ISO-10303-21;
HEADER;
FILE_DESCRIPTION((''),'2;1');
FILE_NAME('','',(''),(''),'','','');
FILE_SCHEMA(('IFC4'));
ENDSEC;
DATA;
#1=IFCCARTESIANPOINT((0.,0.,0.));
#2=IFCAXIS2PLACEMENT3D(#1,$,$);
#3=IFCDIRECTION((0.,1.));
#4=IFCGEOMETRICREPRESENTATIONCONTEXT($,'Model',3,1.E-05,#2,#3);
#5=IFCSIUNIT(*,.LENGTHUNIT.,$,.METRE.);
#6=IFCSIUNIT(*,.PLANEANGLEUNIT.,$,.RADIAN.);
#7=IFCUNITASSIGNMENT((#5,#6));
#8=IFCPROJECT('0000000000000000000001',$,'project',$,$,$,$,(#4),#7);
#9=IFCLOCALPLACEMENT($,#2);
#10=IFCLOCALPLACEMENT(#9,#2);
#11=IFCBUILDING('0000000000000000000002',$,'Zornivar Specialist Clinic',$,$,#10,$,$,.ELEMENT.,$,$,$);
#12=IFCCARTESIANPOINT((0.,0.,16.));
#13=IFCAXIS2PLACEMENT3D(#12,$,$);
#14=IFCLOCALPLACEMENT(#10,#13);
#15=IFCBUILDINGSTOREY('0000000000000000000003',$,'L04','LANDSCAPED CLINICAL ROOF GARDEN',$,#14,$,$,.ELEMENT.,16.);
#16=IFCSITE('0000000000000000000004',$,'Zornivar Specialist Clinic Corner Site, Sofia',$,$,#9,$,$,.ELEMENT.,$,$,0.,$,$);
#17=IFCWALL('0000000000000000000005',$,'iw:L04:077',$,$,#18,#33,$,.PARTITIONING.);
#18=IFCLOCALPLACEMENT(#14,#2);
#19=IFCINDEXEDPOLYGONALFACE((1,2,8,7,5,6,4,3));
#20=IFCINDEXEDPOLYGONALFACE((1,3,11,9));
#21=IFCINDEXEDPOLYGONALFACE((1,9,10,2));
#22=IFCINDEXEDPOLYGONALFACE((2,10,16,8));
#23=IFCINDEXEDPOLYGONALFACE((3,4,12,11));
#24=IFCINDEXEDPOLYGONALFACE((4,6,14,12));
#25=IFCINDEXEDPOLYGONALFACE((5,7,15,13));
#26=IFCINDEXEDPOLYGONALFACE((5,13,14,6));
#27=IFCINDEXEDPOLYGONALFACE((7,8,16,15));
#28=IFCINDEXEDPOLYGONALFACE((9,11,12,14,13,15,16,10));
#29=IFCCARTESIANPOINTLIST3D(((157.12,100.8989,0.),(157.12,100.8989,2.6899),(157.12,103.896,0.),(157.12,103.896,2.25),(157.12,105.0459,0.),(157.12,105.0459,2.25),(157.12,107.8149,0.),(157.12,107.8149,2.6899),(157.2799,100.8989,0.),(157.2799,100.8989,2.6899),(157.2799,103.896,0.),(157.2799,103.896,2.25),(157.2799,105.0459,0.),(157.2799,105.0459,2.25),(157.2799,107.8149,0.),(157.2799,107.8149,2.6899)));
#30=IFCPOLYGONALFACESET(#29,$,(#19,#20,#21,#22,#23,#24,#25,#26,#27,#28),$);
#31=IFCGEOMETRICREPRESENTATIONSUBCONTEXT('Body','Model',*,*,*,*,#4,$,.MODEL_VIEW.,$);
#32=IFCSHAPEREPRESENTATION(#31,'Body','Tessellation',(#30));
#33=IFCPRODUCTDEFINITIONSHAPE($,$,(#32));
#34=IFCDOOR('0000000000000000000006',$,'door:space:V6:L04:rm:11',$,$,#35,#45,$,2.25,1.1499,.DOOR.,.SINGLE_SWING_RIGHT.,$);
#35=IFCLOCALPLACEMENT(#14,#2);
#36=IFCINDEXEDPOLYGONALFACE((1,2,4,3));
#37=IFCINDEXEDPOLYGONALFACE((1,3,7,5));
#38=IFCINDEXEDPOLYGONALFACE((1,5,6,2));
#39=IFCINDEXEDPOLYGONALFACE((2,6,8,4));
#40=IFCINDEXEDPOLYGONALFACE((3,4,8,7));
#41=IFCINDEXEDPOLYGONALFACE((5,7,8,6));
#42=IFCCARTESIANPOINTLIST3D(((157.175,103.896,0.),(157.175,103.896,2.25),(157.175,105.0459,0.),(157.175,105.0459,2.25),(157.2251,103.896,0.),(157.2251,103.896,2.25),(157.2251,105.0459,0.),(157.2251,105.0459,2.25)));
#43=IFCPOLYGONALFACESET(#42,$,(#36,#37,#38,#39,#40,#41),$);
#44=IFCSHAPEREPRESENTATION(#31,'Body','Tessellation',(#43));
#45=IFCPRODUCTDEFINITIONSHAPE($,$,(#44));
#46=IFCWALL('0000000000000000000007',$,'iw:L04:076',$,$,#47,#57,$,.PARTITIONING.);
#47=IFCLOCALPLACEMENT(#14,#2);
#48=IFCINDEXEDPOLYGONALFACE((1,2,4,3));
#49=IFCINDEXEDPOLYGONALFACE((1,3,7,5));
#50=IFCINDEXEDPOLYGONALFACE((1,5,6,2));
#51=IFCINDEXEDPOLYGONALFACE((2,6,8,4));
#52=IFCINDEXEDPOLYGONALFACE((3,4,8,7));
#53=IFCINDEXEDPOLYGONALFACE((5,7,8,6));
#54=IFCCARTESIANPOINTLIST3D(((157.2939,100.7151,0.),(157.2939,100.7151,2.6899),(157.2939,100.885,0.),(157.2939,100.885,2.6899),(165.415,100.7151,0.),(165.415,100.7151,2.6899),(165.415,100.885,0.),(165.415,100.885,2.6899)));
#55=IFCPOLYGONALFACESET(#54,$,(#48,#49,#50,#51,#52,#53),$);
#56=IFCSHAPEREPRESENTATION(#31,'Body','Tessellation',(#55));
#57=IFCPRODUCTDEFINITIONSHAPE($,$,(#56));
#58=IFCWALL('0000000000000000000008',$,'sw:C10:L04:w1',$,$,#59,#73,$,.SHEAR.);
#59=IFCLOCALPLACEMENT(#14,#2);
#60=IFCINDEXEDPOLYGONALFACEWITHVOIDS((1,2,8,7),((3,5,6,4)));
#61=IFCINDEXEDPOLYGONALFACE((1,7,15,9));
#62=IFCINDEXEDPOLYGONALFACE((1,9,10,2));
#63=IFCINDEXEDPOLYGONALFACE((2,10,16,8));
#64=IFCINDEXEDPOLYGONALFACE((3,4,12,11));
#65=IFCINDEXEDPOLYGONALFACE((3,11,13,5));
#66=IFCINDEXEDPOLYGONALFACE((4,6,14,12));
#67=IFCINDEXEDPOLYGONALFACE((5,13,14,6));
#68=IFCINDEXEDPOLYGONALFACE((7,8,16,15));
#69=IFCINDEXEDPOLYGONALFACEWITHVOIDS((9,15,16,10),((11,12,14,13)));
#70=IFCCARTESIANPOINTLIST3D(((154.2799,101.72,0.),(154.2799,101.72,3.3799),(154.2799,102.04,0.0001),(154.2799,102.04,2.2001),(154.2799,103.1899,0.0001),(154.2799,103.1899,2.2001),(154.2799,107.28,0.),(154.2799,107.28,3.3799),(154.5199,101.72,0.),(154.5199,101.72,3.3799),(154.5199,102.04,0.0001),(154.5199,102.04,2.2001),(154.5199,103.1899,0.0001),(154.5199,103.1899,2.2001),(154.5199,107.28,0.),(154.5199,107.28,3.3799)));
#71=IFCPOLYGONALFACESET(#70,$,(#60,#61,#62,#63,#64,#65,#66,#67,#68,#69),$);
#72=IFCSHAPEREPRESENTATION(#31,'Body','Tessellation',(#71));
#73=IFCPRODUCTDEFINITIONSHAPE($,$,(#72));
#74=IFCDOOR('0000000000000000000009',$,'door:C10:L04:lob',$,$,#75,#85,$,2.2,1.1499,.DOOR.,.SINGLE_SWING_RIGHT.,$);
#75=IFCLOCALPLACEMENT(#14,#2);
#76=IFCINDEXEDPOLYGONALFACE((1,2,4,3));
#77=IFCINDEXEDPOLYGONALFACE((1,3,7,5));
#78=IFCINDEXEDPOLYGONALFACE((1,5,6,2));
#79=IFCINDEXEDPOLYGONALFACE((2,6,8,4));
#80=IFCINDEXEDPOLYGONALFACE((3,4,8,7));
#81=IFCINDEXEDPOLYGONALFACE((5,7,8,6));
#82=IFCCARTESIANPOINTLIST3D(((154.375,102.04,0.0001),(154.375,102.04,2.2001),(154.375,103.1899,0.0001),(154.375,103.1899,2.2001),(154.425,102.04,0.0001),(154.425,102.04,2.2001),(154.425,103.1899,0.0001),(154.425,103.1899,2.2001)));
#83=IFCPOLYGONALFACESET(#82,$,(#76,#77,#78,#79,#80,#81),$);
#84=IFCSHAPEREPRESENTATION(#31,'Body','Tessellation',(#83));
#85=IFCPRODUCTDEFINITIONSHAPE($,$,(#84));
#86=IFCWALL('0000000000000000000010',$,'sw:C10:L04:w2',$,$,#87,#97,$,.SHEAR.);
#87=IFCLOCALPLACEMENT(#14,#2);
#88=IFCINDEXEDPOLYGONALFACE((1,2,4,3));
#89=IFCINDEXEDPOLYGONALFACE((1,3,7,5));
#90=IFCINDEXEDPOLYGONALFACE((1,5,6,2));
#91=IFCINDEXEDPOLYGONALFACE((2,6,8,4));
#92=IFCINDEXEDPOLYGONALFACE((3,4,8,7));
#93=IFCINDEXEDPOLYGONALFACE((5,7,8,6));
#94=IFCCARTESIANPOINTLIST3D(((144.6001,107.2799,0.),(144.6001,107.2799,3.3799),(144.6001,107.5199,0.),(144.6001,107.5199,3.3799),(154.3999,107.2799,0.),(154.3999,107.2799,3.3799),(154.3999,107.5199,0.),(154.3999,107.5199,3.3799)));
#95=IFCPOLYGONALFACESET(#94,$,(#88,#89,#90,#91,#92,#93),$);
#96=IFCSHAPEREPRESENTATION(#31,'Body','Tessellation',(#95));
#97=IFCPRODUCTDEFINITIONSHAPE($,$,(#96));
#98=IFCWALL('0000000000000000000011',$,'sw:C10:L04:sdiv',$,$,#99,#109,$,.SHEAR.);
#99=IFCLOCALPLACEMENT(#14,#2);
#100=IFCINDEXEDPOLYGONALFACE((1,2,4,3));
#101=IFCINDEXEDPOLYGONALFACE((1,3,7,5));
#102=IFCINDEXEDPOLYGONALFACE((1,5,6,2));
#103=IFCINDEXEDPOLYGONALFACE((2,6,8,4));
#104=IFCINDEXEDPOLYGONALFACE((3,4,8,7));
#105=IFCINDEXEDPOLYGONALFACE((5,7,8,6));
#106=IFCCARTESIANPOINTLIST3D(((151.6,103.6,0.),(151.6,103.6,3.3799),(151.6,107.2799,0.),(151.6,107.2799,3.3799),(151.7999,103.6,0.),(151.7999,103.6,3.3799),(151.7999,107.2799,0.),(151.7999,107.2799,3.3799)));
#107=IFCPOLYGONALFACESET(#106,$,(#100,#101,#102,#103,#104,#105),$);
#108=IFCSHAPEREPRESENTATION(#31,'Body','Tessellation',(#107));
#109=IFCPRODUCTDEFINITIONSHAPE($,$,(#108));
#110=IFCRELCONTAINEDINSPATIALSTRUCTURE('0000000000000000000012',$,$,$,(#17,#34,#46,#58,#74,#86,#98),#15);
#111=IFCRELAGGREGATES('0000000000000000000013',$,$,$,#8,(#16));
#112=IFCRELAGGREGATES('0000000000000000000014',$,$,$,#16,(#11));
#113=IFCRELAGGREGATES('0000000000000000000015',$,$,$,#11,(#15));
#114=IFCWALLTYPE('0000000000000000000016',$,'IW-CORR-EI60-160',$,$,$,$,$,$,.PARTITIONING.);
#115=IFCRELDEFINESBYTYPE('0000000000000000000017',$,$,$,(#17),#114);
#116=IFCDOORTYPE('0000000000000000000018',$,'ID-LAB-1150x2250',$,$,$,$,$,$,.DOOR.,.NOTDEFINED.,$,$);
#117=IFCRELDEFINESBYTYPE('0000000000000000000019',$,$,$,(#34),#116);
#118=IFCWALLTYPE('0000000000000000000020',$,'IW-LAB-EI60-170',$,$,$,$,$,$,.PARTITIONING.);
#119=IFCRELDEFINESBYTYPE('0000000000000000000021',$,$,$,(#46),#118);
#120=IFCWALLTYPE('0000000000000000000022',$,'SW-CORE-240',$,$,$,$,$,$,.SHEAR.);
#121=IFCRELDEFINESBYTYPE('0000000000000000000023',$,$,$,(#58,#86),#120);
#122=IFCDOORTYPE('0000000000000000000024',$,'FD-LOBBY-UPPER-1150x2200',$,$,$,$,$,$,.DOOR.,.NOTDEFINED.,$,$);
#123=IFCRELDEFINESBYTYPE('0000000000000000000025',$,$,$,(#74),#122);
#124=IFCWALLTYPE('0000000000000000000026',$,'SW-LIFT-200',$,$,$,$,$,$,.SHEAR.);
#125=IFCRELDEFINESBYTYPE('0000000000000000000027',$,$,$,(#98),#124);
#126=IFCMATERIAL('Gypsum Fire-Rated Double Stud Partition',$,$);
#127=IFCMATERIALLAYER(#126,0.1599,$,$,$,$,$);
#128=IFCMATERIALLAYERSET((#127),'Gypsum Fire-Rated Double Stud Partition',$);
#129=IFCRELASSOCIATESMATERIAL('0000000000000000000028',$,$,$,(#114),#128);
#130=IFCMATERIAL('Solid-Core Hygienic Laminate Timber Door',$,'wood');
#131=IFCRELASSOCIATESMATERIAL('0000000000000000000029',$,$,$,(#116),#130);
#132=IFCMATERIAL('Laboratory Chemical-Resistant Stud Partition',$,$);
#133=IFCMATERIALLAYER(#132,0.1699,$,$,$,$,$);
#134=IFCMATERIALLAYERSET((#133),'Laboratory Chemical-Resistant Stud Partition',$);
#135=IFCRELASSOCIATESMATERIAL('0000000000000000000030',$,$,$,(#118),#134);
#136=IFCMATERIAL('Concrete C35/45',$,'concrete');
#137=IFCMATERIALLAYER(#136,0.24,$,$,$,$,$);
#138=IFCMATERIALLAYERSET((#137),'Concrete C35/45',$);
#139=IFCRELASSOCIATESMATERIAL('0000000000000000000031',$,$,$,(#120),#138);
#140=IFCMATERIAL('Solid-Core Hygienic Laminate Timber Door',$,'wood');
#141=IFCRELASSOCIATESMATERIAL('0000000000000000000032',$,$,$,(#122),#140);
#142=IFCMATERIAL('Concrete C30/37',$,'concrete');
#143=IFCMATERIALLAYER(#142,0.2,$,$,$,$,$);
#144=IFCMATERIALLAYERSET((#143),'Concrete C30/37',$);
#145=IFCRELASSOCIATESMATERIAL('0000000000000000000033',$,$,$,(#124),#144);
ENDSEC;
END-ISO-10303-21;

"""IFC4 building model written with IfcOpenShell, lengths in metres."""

from ifc_helpers import new_model, si_unit, direction, frame, frame_2d, origin, place, context, subcontext, project, spatial, rectangle, extrude, material, layer, layer_set, type_object, element, fill, save


model = new_model("IFC4")

# Units and contexts
model_context = context("Model", 3, precision=1e-05, world=origin(), true_north=direction((0.0, 1.0)))
body_context = subcontext(model_context, "Body", "Model", "MODEL_VIEW")
ifc_project = project(units=[si_unit("LENGTHUNIT", "METRE"), si_unit("PLANEANGLEUNIT", "RADIAN")], contexts=[model_context])

# Site, building, storey
site_placement = place(None, origin())
site = spatial("IfcSite", under=ifc_project, at=site_placement, Name="Zornivar Specialist Clinic Corner Site, Sofia", CompositionType="ELEMENT", RefElevation=0.0)
building_placement = place(site_placement, origin())
building = spatial("IfcBuilding", under=site, at=building_placement, Name="Zornivar Specialist Clinic", CompositionType="ELEMENT")
storey_placement = place(building_placement, frame((0.0, 0.0, 16.0)))
storey = spatial("IfcBuildingStorey", under=building, at=storey_placement, Name="L04", Description="LANDSCAPED CLINICAL ROOF GARDEN", CompositionType="ELEMENT", Elevation=16.0)

# Wall, opening, door
ifc_material_1 = material(Name="Gypsum Fire-Rated Double Stud Partition")
ifc_layer_1 = layer(ifc_material_1, 0.1599)
ifc_layer_set_1 = layer_set([ifc_layer_1], Name="Gypsum Fire-Rated Double Stud Partition")
wall_type_1 = type_object("IfcWallType", Name="IW-CORR-EI60-160", PredefinedType="PARTITIONING", material=ifc_layer_set_1)
ifc_material_2 = material(Name="Solid-Core Hygienic Laminate Timber Door", Category="wood")
door_type_1 = type_object("IfcDoorType", Name="ID-LAB-1150x2250", OperationType="NOTDEFINED", PredefinedType="DOOR", material=ifc_material_2)
wall_1_placement = place(storey_placement, frame((157.2, 100.8989, 0.0), z_axis=(0.0, 0.0, 1.0), x_axis=(0.0, 1.0, 0.0)))
wall_1 = element("IfcWall", 1, at=wall_1_placement, inside=storey, type_object=wall_type_1, Name="iw:L04:077", PredefinedType="PARTITIONING", context=body_context, shape_type="SweptSolid", body=[
    extrude(rectangle(XDim=6.916, YDim=0.1599, at=frame_2d((3.458, 0.0))), origin(), (0.0, 0.0, 1.0), 2.6899),
])
opening_1_placement = place(wall_1_placement, frame((2.9971, 0.0, 0.0)))
opening_1 = element("IfcOpeningElement", 2, at=opening_1_placement, cuts=wall_1, PredefinedType="OPENING", context=body_context, shape_type="SweptSolid", body=[
    extrude(rectangle(XDim=1.1499, YDim=2.25, at=frame_2d((0.575, 1.125))), frame((0.0, 0.0898, 0.0), z_axis=(0.0, -1.0, 0.0), x_axis=(1.0, 0.0, 0.0)), (0.0, 0.0, 1.0), 0.1799),
])
door_1_placement = place(opening_1_placement, origin())
door_1 = element("IfcDoor", 3, at=door_1_placement, inside=storey, type_object=door_type_1, Name="door:space:V6:L04:rm:11", OperationType="SINGLE_SWING_RIGHT", OverallHeight=2.25, OverallWidth=1.1499, PredefinedType="DOOR", context=body_context, shape_type="SweptSolid", body=[
    extrude(rectangle(XDim=1.1499, YDim=2.25, at=frame_2d((0.575, 1.125))), frame((0.0, 0.0249, 0.0), z_axis=(0.0, -1.0, 0.0), x_axis=(1.0, 0.0, 0.0)), (0.0, 0.0, 1.0), 0.05),
])
fill(opening_1, door_1)

# Wall
ifc_material_3 = material(Name="Laboratory Chemical-Resistant Stud Partition")
ifc_layer_2 = layer(ifc_material_3, 0.1699)
ifc_layer_set_2 = layer_set([ifc_layer_2], Name="Laboratory Chemical-Resistant Stud Partition")
wall_type_2 = type_object("IfcWallType", Name="IW-LAB-EI60-170", PredefinedType="PARTITIONING", material=ifc_layer_set_2)
wall_2_placement = place(storey_placement, frame((157.2939, 100.8, 0.0), z_axis=(0.0, 0.0, 1.0), x_axis=(1.0, 0.0, 0.0)))
element("IfcWall", 4, at=wall_2_placement, inside=storey, type_object=wall_type_2, Name="iw:L04:076", PredefinedType="PARTITIONING", context=body_context, shape_type="SweptSolid", body=[
    extrude(rectangle(XDim=8.1211, YDim=0.1699, at=frame_2d((4.0605, 0.0))), origin(), (0.0, 0.0, 1.0), 2.6899),
])

# Wall, opening, door
ifc_material_4 = material(Name="Concrete C35/45", Category="concrete")
ifc_layer_3 = layer(ifc_material_4, 0.24)
ifc_layer_set_3 = layer_set([ifc_layer_3], Name="Concrete C35/45")
wall_type_3 = type_object("IfcWallType", Name="SW-CORE-240", PredefinedType="SHEAR", material=ifc_layer_set_3)
wall_3_placement = place(storey_placement, frame((154.3999, 101.72, 0.0), z_axis=(0.0, 0.0, 1.0), x_axis=(0.0, 1.0, 0.0)))
wall_3 = element("IfcWall", 5, at=wall_3_placement, inside=storey, type_object=wall_type_3, Name="sw:C10:L04:w1", PredefinedType="SHEAR", context=body_context, shape_type="SweptSolid", body=[
    extrude(rectangle(XDim=5.5601, YDim=0.24, at=frame_2d((2.78, 0.0))), origin(), (0.0, 0.0, 1.0), 3.3799),
])
opening_2_placement = place(wall_3_placement, frame((0.3201, 0.0, 0.0)))
opening_2 = element("IfcOpeningElement", 6, at=opening_2_placement, cuts=wall_3, PredefinedType="OPENING", context=body_context, shape_type="SweptSolid", body=[
    extrude(rectangle(XDim=1.1499, YDim=2.2, at=frame_2d((0.575, 1.1001))), frame((0.0, 0.1299, 0.0), z_axis=(0.0, -1.0, 0.0), x_axis=(1.0, 0.0, 0.0)), (0.0, 0.0, 1.0), 0.26),
])
ifc_material_5 = material(Name="Solid-Core Hygienic Laminate Timber Door", Category="wood")
door_type_2 = type_object("IfcDoorType", Name="FD-LOBBY-UPPER-1150x2200", OperationType="NOTDEFINED", PredefinedType="DOOR", material=ifc_material_5)
door_2_placement = place(opening_2_placement, origin())
door_2 = element("IfcDoor", 7, at=door_2_placement, inside=storey, type_object=door_type_2, Name="door:C10:L04:lob", OperationType="SINGLE_SWING_RIGHT", OverallHeight=2.2, OverallWidth=1.1499, PredefinedType="DOOR", context=body_context, shape_type="SweptSolid", body=[
    extrude(rectangle(XDim=1.1499, YDim=2.2, at=frame_2d((0.575, 1.1001))), frame((0.0, 0.0249, 0.0), z_axis=(0.0, -1.0, 0.0), x_axis=(1.0, 0.0, 0.0)), (0.0, 0.0, 1.0), 0.05),
])
fill(opening_2, door_2)

# Walls
wall_4_placement = place(storey_placement, frame((154.3999, 107.3999, 0.0), z_axis=(0.0, 0.0, 1.0), x_axis=(-1.0, 0.0, 0.0)))
element("IfcWall", 8, at=wall_4_placement, inside=storey, type_object=wall_type_3, Name="sw:C10:L04:w2", PredefinedType="SHEAR", context=body_context, shape_type="SweptSolid", body=[
    extrude(rectangle(XDim=9.7998, YDim=0.24, at=frame_2d((4.8999, 0.0))), origin(), (0.0, 0.0, 1.0), 3.3799),
])
ifc_material_6 = material(Name="Concrete C30/37", Category="concrete")
ifc_layer_4 = layer(ifc_material_6, 0.2)
ifc_layer_set_4 = layer_set([ifc_layer_4], Name="Concrete C30/37")
wall_type_4 = type_object("IfcWallType", Name="SW-LIFT-200", PredefinedType="SHEAR", material=ifc_layer_set_4)
wall_5_placement = place(storey_placement, frame((151.7, 103.6001, 0.0), z_axis=(0.0, 0.0, 1.0), x_axis=(0.0, 1.0, 0.0)))
element("IfcWall", 9, at=wall_5_placement, inside=storey, type_object=wall_type_4, Name="sw:C10:L04:sdiv", PredefinedType="SHEAR", context=body_context, shape_type="SweptSolid", body=[
    extrude(rectangle(XDim=3.6799, YDim=0.2, at=frame_2d((1.8398, 0.0))), origin(), (0.0, 0.0, 1.0), 3.3799),
])

save(model, "model.ifc")
